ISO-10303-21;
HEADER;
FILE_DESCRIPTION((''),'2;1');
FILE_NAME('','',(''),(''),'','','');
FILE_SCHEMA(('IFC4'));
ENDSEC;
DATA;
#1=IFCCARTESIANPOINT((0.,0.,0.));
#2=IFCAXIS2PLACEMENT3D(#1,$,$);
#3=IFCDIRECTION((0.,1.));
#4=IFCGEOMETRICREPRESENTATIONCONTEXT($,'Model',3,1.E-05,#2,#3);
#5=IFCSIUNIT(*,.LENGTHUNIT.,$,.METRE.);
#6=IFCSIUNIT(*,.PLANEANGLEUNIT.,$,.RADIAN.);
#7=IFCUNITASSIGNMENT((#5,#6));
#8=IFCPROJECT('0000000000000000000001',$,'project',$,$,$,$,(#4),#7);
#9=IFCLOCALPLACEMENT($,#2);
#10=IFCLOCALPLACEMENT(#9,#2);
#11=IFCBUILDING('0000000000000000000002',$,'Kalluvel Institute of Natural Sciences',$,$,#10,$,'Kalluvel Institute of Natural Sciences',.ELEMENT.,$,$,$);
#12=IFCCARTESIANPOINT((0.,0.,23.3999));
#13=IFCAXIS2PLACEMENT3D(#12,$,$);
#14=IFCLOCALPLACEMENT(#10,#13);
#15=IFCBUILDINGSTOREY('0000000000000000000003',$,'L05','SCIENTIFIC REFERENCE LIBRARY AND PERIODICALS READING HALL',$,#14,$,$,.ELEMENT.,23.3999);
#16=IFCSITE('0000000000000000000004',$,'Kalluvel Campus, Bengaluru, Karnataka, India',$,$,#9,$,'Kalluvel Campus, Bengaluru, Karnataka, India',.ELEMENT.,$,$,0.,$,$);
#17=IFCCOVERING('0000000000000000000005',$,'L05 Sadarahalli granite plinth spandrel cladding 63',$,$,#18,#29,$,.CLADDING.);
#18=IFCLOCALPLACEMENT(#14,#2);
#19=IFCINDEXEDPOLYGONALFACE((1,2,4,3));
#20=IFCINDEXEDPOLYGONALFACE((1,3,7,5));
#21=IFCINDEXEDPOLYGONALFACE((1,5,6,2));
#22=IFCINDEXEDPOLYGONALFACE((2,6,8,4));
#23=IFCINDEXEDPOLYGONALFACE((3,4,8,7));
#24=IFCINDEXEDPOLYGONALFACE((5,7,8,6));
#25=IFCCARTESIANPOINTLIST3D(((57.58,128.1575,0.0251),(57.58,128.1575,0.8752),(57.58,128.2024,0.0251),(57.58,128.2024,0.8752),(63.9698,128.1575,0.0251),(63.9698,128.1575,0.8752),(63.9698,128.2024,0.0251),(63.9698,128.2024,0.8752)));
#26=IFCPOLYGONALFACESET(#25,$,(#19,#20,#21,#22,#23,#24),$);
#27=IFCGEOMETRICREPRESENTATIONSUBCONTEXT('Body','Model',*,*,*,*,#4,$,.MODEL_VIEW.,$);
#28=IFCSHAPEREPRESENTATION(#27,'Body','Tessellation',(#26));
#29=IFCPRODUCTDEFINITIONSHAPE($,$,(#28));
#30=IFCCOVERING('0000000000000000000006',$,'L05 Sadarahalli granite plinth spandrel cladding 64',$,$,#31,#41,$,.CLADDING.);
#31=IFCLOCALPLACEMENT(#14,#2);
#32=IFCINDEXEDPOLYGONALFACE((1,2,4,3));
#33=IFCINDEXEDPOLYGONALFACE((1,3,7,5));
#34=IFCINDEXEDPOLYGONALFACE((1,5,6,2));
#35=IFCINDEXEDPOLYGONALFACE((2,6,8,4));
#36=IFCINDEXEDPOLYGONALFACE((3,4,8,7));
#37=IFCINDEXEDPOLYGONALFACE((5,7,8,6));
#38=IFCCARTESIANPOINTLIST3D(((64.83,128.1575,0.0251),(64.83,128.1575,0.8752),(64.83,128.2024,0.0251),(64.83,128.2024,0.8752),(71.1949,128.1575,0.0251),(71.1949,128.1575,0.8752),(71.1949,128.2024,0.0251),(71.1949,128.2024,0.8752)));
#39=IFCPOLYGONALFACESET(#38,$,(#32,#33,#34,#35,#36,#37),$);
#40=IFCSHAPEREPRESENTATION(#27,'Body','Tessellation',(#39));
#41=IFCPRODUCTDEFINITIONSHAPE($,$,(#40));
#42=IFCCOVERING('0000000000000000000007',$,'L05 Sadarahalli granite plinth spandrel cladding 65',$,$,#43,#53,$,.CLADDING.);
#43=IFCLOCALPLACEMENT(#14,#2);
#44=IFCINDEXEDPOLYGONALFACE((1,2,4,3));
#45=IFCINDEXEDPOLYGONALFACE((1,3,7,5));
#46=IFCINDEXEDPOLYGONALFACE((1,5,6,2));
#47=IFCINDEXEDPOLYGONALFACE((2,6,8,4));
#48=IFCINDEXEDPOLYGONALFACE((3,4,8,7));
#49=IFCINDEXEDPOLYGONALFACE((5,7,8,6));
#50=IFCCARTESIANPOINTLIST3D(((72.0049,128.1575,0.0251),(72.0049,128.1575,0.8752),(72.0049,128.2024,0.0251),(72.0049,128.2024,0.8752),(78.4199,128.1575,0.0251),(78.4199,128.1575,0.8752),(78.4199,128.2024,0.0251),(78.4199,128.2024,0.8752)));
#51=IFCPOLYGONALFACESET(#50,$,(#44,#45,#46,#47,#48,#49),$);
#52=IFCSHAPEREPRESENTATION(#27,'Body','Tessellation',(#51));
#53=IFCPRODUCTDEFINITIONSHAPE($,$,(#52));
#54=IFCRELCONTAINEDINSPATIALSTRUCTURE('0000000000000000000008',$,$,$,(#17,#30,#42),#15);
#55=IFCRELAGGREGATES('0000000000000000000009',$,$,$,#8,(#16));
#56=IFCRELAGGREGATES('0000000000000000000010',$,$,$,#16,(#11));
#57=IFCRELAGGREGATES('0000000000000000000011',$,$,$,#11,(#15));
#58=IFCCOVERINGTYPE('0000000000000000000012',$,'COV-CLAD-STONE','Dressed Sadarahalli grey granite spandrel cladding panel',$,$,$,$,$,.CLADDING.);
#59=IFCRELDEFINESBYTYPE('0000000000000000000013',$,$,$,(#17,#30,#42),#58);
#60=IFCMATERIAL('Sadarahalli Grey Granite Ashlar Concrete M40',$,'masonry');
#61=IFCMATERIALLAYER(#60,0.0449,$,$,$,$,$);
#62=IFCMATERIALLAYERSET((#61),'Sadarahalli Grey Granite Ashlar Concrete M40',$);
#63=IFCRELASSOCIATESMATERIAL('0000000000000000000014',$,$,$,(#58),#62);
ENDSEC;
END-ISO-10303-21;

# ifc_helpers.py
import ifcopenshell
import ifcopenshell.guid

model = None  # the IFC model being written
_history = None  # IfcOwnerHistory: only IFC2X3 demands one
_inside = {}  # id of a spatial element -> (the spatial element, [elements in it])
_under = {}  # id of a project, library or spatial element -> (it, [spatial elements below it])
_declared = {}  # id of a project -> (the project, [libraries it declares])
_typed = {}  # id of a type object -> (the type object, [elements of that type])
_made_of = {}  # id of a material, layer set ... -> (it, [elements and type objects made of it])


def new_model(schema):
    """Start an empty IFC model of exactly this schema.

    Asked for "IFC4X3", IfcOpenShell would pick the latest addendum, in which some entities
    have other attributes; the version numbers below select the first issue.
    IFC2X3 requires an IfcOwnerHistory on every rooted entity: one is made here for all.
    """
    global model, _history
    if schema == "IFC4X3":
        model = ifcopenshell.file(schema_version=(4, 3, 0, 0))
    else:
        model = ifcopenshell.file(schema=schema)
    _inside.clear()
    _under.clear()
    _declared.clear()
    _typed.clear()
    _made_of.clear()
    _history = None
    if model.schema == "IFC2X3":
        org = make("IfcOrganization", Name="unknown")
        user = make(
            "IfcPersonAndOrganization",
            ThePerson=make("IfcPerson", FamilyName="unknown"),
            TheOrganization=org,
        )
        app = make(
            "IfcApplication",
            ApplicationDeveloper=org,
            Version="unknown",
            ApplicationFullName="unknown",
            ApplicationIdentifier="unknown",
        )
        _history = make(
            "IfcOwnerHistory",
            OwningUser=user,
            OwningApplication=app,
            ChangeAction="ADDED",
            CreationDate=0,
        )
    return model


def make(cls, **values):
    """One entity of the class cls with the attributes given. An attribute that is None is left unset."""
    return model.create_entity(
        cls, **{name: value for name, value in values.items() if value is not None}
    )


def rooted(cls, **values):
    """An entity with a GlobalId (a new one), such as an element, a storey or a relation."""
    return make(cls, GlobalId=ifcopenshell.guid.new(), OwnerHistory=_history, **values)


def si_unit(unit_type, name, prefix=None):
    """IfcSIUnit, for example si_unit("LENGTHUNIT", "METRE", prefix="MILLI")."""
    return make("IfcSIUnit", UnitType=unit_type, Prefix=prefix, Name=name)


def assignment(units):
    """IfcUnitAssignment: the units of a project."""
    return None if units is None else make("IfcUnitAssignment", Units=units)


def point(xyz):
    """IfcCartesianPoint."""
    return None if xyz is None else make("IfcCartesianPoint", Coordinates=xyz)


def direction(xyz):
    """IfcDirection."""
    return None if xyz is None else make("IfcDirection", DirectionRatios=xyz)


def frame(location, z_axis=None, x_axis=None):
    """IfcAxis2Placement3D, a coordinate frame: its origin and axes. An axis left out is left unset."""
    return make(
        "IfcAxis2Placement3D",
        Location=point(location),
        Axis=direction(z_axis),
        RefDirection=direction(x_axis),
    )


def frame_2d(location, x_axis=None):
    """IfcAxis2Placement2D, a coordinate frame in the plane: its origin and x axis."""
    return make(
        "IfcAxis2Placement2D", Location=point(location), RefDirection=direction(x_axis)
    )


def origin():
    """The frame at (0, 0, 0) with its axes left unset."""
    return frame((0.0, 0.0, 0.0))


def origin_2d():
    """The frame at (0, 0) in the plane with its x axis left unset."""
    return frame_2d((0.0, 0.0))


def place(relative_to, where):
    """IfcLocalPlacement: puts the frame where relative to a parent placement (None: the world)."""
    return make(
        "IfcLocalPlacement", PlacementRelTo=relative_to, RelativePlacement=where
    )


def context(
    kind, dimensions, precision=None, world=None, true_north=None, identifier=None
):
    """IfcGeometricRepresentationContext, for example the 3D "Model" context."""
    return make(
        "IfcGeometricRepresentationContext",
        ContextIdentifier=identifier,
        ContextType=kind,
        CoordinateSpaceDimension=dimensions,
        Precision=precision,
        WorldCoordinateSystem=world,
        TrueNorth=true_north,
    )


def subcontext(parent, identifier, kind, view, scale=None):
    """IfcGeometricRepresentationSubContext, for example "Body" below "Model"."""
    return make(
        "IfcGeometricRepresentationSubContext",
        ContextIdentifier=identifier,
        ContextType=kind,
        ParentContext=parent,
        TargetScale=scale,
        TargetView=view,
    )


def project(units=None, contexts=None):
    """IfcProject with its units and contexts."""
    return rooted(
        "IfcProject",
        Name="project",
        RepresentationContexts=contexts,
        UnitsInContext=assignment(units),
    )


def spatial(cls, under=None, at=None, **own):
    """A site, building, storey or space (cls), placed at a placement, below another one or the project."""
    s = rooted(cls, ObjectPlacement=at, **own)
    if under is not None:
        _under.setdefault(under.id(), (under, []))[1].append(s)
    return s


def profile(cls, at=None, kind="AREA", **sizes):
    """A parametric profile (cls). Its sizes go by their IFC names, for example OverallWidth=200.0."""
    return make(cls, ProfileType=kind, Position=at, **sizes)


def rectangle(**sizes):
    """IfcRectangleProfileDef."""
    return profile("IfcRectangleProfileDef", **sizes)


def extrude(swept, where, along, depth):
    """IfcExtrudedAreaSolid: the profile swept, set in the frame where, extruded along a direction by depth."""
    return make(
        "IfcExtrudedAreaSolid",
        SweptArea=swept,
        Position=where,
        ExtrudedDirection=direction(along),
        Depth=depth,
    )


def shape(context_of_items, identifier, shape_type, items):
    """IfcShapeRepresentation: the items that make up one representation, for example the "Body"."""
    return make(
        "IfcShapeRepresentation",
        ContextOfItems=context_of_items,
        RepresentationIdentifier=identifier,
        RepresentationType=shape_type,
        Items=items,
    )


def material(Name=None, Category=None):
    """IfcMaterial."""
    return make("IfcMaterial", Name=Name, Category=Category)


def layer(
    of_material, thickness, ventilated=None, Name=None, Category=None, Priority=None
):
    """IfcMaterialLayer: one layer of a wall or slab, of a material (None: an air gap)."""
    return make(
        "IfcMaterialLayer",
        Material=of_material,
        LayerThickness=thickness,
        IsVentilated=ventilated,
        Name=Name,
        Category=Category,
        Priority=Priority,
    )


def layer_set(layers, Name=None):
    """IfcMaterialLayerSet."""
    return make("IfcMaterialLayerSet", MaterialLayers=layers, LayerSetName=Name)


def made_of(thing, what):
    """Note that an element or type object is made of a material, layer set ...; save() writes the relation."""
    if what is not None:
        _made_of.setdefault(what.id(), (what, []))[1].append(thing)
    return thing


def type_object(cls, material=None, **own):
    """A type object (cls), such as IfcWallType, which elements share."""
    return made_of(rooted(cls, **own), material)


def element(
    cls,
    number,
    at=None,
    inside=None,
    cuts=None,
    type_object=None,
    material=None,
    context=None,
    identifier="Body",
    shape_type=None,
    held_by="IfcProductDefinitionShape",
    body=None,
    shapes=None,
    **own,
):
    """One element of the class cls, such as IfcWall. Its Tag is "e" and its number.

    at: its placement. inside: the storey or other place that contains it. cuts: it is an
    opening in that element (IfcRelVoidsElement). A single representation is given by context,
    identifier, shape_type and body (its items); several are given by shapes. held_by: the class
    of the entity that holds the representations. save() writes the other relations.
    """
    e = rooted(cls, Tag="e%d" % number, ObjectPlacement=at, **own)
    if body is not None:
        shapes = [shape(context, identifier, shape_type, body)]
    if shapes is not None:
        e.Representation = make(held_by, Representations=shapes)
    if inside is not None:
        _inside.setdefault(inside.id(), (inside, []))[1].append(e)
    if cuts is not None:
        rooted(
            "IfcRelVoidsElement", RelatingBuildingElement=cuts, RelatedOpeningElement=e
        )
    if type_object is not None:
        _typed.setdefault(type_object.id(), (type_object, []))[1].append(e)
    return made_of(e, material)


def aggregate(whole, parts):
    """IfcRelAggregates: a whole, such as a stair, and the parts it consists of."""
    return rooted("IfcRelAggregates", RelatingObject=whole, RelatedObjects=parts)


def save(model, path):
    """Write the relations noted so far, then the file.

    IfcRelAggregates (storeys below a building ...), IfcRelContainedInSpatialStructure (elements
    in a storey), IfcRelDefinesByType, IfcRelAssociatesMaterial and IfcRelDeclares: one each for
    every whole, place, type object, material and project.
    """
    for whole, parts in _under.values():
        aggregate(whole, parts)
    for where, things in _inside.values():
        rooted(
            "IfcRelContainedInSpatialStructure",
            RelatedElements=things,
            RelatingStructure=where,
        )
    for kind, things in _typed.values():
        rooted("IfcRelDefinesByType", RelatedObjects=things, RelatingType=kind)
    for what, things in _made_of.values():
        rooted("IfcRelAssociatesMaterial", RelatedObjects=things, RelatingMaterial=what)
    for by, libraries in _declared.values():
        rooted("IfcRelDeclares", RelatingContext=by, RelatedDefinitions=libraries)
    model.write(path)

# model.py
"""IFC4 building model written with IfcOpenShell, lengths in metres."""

from ifc_helpers import new_model, si_unit, direction, frame, origin, origin_2d, place, context, subcontext, project, spatial, rectangle, extrude, material, layer, layer_set, type_object, element, save


model = new_model("IFC4")

# Units and contexts
model_context = context("Model", 3, precision=1e-05, world=origin(), true_north=direction((0.0, 1.0)))
body_context = subcontext(model_context, "Body", "Model", "MODEL_VIEW")
ifc_project = project(units=[si_unit("LENGTHUNIT", "METRE"), si_unit("PLANEANGLEUNIT", "RADIAN")], contexts=[model_context])

# Site, building, storey
site_placement = place(None, origin())
site = spatial("IfcSite", under=ifc_project, at=site_placement, Name="Kalluvel Campus, Bengaluru, Karnataka, India", LongName="Kalluvel Campus, Bengaluru, Karnataka, India", CompositionType="ELEMENT", RefElevation=0.0)
building_placement = place(site_placement, origin())
building = spatial("IfcBuilding", under=site, at=building_placement, Name="Kalluvel Institute of Natural Sciences", LongName="Kalluvel Institute of Natural Sciences", CompositionType="ELEMENT")
storey_placement = place(building_placement, frame((0.0, 0.0, 23.3999)))
storey = spatial("IfcBuildingStorey", under=building, at=storey_placement, Name="L05", Description="SCIENTIFIC REFERENCE LIBRARY AND PERIODICALS READING HALL", CompositionType="ELEMENT", Elevation=23.3999)

# Shared definitions
ifc_material_1 = material(Name="Sadarahalli Grey Granite Ashlar Concrete M40", Category="masonry")

# Coverings
ifc_layer_1 = layer(ifc_material_1, 0.0449)
ifc_layer_set_1 = layer_set([ifc_layer_1], Name="Sadarahalli Grey Granite Ashlar Concrete M40")
covering_type = type_object("IfcCoveringType", Name="COV-CLAD-STONE", Description="Dressed Sadarahalli grey granite spandrel cladding panel", PredefinedType="CLADDING", material=ifc_layer_set_1)
covering_1_placement = place(storey_placement, frame((60.7749, 128.1799, 0.0251), z_axis=(0.0, 0.0, 1.0), x_axis=(1.0, 0.0, 0.0)))
element("IfcCovering", 1, at=covering_1_placement, inside=storey, type_object=covering_type, Name="L05 Sadarahalli granite plinth spandrel cladding 63", PredefinedType="CLADDING", context=body_context, shape_type="SweptSolid", body=[
    extrude(rectangle(XDim=6.3899, YDim=0.0449, at=origin_2d()), origin(), (0.0, 0.0, 1.0), 0.8501),
])
covering_2_placement = place(storey_placement, frame((68.0125, 128.1799, 0.0251), z_axis=(0.0, 0.0, 1.0), x_axis=(1.0, 0.0, 0.0)))
element("IfcCovering", 2, at=covering_2_placement, inside=storey, type_object=covering_type, Name="L05 Sadarahalli granite plinth spandrel cladding 64", PredefinedType="CLADDING", context=body_context, shape_type="SweptSolid", body=[
    extrude(rectangle(XDim=6.365, YDim=0.0449, at=origin_2d()), origin(), (0.0, 0.0, 1.0), 0.8501),
])
covering_3_placement = place(storey_placement, frame((75.2124, 128.1799, 0.0251), z_axis=(0.0, 0.0, 1.0), x_axis=(1.0, 0.0, 0.0)))
element("IfcCovering", 3, at=covering_3_placement, inside=storey, type_object=covering_type, Name="L05 Sadarahalli granite plinth spandrel cladding 65", PredefinedType="CLADDING", context=body_context, shape_type="SweptSolid", body=[
    extrude(rectangle(XDim=6.415, YDim=0.0449, at=origin_2d()), origin(), (0.0, 0.0, 1.0), 0.8501),
])

save(model, "model.ifc")
